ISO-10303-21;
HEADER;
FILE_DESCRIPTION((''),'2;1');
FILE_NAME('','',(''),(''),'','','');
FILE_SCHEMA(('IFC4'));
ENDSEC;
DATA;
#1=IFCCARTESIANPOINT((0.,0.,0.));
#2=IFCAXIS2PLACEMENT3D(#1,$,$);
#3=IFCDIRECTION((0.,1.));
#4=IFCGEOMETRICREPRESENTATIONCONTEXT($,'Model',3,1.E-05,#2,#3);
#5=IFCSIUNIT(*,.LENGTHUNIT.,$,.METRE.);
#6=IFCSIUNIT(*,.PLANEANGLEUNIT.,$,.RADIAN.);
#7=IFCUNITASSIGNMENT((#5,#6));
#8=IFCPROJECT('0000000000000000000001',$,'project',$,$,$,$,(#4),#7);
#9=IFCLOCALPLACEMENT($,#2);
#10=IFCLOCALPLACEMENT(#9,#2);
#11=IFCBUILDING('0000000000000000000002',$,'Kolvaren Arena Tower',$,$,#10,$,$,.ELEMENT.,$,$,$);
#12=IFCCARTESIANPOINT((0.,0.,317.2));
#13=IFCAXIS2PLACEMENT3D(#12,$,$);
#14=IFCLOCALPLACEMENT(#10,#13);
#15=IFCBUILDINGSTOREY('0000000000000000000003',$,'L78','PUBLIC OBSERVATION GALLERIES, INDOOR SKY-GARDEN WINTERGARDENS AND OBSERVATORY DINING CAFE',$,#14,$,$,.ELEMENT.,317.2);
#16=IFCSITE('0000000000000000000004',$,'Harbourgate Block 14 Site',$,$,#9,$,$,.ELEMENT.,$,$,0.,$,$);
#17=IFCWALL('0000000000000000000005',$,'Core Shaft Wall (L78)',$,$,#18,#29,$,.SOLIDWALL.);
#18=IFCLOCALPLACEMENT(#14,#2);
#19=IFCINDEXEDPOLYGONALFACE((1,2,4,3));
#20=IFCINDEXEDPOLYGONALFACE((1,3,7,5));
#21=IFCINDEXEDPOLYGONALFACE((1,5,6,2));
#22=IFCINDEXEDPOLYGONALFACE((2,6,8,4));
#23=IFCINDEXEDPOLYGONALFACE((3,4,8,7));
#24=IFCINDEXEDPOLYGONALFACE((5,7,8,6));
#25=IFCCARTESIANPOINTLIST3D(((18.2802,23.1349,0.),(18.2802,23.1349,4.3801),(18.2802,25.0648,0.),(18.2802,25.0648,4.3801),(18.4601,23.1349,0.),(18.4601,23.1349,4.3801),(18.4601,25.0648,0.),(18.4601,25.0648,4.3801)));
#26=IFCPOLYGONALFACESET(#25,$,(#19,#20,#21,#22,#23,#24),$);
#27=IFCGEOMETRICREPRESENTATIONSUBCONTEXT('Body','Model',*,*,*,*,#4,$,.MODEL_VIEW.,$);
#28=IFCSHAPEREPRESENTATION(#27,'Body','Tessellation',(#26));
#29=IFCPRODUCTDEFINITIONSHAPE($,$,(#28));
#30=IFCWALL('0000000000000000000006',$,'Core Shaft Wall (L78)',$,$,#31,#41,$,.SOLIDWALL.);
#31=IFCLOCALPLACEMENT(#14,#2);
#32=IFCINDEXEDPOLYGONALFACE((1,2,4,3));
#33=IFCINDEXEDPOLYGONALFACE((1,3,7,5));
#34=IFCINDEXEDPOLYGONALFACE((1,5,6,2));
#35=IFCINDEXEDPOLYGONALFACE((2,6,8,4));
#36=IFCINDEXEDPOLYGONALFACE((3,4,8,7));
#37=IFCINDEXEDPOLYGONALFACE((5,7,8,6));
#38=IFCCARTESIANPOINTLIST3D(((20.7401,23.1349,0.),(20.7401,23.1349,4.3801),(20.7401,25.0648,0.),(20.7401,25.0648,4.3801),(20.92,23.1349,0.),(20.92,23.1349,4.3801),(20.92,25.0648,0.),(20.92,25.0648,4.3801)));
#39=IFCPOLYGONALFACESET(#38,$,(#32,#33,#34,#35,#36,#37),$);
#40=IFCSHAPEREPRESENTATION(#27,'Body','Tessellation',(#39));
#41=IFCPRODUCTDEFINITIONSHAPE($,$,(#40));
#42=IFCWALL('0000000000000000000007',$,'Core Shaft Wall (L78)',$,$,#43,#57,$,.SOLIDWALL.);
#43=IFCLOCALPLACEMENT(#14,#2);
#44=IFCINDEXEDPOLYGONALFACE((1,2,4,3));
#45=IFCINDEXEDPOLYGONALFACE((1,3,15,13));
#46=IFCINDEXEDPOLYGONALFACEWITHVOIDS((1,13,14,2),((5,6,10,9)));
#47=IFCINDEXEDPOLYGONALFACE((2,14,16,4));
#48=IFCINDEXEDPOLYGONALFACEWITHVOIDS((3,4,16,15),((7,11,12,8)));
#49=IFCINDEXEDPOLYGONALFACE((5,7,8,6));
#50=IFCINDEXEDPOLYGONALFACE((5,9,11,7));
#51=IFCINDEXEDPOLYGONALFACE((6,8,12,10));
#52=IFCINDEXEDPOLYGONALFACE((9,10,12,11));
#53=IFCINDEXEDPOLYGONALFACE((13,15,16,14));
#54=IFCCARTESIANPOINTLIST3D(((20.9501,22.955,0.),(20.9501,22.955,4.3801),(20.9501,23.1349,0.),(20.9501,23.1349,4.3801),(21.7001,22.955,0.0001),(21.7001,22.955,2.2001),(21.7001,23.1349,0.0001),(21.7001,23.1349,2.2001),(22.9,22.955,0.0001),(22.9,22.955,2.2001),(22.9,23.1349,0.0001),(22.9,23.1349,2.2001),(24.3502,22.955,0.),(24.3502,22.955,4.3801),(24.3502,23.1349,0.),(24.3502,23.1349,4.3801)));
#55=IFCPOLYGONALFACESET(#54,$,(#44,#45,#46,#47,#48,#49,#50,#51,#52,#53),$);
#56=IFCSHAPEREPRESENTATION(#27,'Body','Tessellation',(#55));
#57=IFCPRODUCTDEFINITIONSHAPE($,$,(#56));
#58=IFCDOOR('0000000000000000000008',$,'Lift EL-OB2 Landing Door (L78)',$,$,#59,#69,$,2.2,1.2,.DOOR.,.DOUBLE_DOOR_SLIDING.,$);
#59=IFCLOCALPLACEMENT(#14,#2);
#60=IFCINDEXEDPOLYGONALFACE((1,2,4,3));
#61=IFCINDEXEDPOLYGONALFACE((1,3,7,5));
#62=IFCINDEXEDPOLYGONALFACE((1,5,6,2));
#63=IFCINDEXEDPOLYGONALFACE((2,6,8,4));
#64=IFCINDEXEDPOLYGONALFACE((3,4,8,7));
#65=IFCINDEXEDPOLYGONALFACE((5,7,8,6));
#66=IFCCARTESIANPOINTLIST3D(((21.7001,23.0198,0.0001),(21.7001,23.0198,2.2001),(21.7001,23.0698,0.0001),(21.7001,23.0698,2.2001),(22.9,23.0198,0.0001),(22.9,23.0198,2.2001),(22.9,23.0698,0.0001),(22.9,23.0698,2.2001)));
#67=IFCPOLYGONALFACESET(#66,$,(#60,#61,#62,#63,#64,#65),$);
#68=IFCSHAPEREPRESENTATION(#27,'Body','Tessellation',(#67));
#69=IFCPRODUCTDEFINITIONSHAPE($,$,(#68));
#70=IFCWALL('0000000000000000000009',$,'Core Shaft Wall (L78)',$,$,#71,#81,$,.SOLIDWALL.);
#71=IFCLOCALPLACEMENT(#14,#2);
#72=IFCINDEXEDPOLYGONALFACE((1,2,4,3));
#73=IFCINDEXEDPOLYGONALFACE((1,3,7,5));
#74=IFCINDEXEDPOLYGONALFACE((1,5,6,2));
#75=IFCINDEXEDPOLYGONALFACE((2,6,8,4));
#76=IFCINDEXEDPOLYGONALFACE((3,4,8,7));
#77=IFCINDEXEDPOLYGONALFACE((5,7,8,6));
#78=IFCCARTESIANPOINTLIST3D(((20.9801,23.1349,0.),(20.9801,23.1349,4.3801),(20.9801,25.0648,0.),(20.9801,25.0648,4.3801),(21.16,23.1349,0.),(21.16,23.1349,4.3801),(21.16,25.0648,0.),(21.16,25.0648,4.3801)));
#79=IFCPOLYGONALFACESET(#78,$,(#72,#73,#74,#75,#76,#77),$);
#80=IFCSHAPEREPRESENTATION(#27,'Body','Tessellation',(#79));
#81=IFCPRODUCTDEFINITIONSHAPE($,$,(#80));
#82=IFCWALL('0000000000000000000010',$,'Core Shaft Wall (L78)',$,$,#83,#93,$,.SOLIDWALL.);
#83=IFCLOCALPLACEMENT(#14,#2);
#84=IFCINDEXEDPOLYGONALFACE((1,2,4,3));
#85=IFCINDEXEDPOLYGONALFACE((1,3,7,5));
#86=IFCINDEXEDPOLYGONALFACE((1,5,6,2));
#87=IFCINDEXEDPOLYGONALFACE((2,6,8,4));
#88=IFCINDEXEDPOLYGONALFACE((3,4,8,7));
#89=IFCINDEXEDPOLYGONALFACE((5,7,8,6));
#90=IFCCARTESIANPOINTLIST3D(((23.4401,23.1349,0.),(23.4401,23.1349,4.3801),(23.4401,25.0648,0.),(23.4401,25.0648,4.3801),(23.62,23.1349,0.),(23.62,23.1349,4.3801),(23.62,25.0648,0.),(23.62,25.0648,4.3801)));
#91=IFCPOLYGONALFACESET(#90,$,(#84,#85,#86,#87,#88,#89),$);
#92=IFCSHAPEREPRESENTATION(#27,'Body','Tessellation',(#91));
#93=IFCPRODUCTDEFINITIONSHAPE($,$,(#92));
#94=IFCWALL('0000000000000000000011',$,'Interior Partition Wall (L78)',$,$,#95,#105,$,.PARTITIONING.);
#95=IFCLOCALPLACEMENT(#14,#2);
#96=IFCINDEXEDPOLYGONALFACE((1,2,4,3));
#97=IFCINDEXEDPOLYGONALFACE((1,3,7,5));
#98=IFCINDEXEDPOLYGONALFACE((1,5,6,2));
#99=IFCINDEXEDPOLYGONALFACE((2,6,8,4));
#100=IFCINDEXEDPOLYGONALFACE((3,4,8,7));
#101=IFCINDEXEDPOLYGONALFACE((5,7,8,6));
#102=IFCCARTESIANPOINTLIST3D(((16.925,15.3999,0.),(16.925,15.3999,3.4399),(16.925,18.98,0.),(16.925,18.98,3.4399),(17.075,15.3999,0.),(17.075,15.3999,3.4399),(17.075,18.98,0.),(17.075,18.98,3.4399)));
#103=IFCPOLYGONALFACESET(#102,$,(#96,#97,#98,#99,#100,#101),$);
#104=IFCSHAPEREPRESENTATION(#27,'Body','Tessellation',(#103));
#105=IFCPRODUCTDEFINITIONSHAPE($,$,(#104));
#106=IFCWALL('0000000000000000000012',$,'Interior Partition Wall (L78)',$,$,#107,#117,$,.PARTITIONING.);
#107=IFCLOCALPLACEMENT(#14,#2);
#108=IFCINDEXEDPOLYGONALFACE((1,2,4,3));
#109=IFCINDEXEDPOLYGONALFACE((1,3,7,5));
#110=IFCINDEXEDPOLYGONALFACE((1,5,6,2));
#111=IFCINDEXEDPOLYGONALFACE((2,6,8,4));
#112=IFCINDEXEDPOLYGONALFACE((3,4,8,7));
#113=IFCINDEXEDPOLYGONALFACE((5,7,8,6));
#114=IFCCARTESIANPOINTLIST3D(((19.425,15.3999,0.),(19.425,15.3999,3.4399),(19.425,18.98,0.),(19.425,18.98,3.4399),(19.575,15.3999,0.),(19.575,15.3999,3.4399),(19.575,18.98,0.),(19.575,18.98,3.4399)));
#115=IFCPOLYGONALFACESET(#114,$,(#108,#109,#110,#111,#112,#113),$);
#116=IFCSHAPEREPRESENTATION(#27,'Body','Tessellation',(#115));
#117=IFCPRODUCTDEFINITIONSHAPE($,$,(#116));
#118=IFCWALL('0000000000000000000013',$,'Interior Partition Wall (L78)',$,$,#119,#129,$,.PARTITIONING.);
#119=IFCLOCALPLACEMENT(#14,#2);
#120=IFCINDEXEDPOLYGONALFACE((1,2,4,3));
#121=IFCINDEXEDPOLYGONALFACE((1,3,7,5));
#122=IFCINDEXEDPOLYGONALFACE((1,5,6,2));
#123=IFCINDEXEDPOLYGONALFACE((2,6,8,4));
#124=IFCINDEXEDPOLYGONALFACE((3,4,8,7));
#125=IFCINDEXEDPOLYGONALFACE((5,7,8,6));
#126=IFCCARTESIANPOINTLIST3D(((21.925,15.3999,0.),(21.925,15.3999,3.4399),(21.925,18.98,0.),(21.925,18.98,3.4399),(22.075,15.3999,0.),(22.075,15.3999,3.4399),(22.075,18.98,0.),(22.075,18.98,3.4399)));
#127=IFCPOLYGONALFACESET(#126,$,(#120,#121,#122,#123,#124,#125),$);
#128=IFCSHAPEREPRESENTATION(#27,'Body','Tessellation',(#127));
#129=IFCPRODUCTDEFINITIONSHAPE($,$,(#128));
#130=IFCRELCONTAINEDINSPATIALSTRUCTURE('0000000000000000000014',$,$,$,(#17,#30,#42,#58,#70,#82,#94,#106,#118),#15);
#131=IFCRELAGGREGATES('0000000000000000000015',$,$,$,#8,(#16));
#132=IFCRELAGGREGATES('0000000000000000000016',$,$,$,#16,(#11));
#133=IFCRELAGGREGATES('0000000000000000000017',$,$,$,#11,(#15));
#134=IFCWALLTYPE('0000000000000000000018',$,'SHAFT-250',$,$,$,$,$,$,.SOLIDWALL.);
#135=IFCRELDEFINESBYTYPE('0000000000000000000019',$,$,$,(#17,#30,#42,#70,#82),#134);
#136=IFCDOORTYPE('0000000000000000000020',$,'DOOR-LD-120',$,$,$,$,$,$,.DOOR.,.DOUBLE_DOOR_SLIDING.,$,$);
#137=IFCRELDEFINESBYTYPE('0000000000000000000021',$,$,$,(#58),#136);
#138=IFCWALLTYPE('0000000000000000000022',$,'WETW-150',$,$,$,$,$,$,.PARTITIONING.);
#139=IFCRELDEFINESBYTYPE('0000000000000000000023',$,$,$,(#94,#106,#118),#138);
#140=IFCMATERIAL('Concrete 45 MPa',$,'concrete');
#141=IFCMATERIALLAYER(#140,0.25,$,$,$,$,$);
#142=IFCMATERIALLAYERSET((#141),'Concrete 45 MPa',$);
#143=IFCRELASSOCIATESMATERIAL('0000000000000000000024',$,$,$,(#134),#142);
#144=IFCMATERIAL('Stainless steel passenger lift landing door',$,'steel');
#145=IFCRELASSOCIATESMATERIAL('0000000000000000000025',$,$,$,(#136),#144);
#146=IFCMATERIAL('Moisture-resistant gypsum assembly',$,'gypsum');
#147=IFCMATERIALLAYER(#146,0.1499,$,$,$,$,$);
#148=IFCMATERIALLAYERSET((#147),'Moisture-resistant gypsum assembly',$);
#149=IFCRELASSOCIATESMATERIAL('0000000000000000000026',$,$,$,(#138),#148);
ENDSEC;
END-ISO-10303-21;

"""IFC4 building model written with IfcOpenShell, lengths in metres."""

from ifc_helpers import new_model, si_unit, direction, frame, frame_2d, origin, place, context, subcontext, project, spatial, rectangle, extrude, material, layer, layer_set, type_object, element, fill, save


model = new_model("IFC4")

# Units and contexts
model_context = context("Model", 3, precision=1e-05, world=origin(), true_north=direction((0.0, 1.0)))
body_context = subcontext(model_context, "Body", "Model", "MODEL_VIEW")
ifc_project = project(units=[si_unit("LENGTHUNIT", "METRE"), si_unit("PLANEANGLEUNIT", "RADIAN")], contexts=[model_context])

# Site, building, storey
site_placement = place(None, origin())
site = spatial("IfcSite", under=ifc_project, at=site_placement, Name="Harbourgate Block 14 Site", CompositionType="ELEMENT", RefElevation=0.0)
building_placement = place(site_placement, origin())
building = spatial("IfcBuilding", under=site, at=building_placement, Name="Kolvaren Arena Tower", CompositionType="ELEMENT")
storey_placement = place(building_placement, frame((0.0, 0.0, 317.2)))
storey = spatial("IfcBuildingStorey", under=building, at=storey_placement, Name="L78", Description="PUBLIC OBSERVATION GALLERIES, INDOOR SKY-GARDEN WINTERGARDENS AND OBSERVATORY DINING CAFE", CompositionType="ELEMENT", Elevation=317.2)

# Shared definitions
ifc_material_1 = material(Name="Concrete 45 MPa", Category="concrete")
ifc_layer_1 = layer(ifc_material_1, 0.25)
ifc_layer_set_1 = layer_set([ifc_layer_1], Name="Concrete 45 MPa")
wall_type_1 = type_object("IfcWallType", Name="SHAFT-250", PredefinedType="SOLIDWALL", material=ifc_layer_set_1)
ifc_material_2 = material(Name="Stainless steel passenger lift landing door", Category="steel")
door_type_1 = type_object("IfcDoorType", Name="DOOR-LD-120", OperationType="DOUBLE_DOOR_SLIDING", PredefinedType="DOOR", material=ifc_material_2)

# Walls
for number, where, z_axis, x_axis, name in (
    (1, (18.3701, 23.135, 0.0), (0.0, 0.0, 1.0), (0.0, 1.0, 0.0), "Core Shaft Wall (L78)"),
    (2, (20.8301, 23.135, 0.0), (0.0, 0.0, 1.0), (0.0, 1.0, 0.0), "Core Shaft Wall (L78)"),
):
    element("IfcWall", number, at=place(storey_placement, frame(where, z_axis=z_axis, x_axis=x_axis)), inside=storey, type_object=wall_type_1, Name=name, PredefinedType="SOLIDWALL", context=body_context, shape_type="SweptSolid", body=[
        extrude(rectangle(XDim=1.9299, YDim=0.1799, at=frame_2d((0.9648, 0.0))), origin(), (0.0, 0.0, 1.0), 4.3801),
    ])

# Wall, opening, door
wall_1_placement = place(storey_placement, frame((20.95, 23.0449, 0.0), z_axis=(0.0, 0.0, 1.0), x_axis=(1.0, 0.0, 0.0)))
wall_1 = element("IfcWall", 3, at=wall_1_placement, inside=storey, type_object=wall_type_1, Name="Core Shaft Wall (L78)", PredefinedType="SOLIDWALL", context=body_context, shape_type="SweptSolid", body=[
    extrude(rectangle(XDim=3.4001, YDim=0.1799, at=frame_2d((1.7002, 0.0))), origin(), (0.0, 0.0, 1.0), 4.3801),
])
opening_1_placement = place(wall_1_placement, frame((0.75, 0.0, 0.0)))
opening_1 = element("IfcOpeningElement", 4, at=opening_1_placement, cuts=wall_1, PredefinedType="OPENING", context=body_context, shape_type="SweptSolid", body=[
    extrude(rectangle(XDim=1.2, YDim=2.2, at=frame_2d((0.6001, 1.1001))), frame((0.0, 0.0999, 0.0), z_axis=(0.0, -1.0, 0.0), x_axis=(1.0, 0.0, 0.0)), (0.0, 0.0, 1.0), 0.2),
])
door_1_placement = place(opening_1_placement, origin())
door_1 = element("IfcDoor", 5, at=door_1_placement, inside=storey, type_object=door_type_1, Name="Lift EL-OB2 Landing Door (L78)", OperationType="DOUBLE_DOOR_SLIDING", OverallHeight=2.2, OverallWidth=1.2, PredefinedType="DOOR", context=body_context, shape_type="SweptSolid", body=[
    extrude(rectangle(XDim=1.2, YDim=2.2, at=frame_2d((0.6001, 1.1001))), frame((0.0, 0.0249, 0.0), z_axis=(0.0, -1.0, 0.0), x_axis=(1.0, 0.0, 0.0)), (0.0, 0.0, 1.0), 0.05),
])
fill(opening_1, door_1)

# Walls
for number, where, z_axis, x_axis, name in (
    (6, (21.0701, 23.135, 0.0), (0.0, 0.0, 1.0), (0.0, 1.0, 0.0), "Core Shaft Wall (L78)"),
    (7, (23.53, 23.135, 0.0), (0.0, 0.0, 1.0), (0.0, 1.0, 0.0), "Core Shaft Wall (L78)"),
):
    element("IfcWall", number, at=place(storey_placement, frame(where, z_axis=z_axis, x_axis=x_axis)), inside=storey, type_object=wall_type_1, Name=name, PredefinedType="SOLIDWALL", context=body_context, shape_type="SweptSolid", body=[
        extrude(rectangle(XDim=1.9299, YDim=0.1799, at=frame_2d((0.9648, 0.0))), origin(), (0.0, 0.0, 1.0), 4.3801),
    ])
ifc_material_3 = material(Name="Moisture-resistant gypsum assembly", Category="gypsum")
ifc_layer_2 = layer(ifc_material_3, 0.1499)
ifc_layer_set_2 = layer_set([ifc_layer_2], Name="Moisture-resistant gypsum assembly")
wall_type_2 = type_object("IfcWallType", Name="WETW-150", PredefinedType="PARTITIONING", material=ifc_layer_set_2)
for number, where, z_axis, x_axis, name in (
    (8, (17.0, 15.3999, 0.0), (0.0, 0.0, 1.0), (0.0, 1.0, 0.0), "Interior Partition Wall (L78)"),
    (9, (19.5, 15.3999, 0.0), (0.0, 0.0, 1.0), (0.0, 1.0, 0.0), "Interior Partition Wall (L78)"),
    (10, (22.0, 15.3999, 0.0), (0.0, 0.0, 1.0), (0.0, 1.0, 0.0), "Interior Partition Wall (L78)"),
):
    element("IfcWall", number, at=place(storey_placement, frame(where, z_axis=z_axis, x_axis=x_axis)), inside=storey, type_object=wall_type_2, Name=name, PredefinedType="PARTITIONING", context=body_context, shape_type="SweptSolid", body=[
        extrude(rectangle(XDim=3.5801, YDim=0.1499, at=frame_2d((1.79, 0.0))), origin(), (0.0, 0.0, 1.0), 3.4399),
    ])

save(model, "model.ifc")
